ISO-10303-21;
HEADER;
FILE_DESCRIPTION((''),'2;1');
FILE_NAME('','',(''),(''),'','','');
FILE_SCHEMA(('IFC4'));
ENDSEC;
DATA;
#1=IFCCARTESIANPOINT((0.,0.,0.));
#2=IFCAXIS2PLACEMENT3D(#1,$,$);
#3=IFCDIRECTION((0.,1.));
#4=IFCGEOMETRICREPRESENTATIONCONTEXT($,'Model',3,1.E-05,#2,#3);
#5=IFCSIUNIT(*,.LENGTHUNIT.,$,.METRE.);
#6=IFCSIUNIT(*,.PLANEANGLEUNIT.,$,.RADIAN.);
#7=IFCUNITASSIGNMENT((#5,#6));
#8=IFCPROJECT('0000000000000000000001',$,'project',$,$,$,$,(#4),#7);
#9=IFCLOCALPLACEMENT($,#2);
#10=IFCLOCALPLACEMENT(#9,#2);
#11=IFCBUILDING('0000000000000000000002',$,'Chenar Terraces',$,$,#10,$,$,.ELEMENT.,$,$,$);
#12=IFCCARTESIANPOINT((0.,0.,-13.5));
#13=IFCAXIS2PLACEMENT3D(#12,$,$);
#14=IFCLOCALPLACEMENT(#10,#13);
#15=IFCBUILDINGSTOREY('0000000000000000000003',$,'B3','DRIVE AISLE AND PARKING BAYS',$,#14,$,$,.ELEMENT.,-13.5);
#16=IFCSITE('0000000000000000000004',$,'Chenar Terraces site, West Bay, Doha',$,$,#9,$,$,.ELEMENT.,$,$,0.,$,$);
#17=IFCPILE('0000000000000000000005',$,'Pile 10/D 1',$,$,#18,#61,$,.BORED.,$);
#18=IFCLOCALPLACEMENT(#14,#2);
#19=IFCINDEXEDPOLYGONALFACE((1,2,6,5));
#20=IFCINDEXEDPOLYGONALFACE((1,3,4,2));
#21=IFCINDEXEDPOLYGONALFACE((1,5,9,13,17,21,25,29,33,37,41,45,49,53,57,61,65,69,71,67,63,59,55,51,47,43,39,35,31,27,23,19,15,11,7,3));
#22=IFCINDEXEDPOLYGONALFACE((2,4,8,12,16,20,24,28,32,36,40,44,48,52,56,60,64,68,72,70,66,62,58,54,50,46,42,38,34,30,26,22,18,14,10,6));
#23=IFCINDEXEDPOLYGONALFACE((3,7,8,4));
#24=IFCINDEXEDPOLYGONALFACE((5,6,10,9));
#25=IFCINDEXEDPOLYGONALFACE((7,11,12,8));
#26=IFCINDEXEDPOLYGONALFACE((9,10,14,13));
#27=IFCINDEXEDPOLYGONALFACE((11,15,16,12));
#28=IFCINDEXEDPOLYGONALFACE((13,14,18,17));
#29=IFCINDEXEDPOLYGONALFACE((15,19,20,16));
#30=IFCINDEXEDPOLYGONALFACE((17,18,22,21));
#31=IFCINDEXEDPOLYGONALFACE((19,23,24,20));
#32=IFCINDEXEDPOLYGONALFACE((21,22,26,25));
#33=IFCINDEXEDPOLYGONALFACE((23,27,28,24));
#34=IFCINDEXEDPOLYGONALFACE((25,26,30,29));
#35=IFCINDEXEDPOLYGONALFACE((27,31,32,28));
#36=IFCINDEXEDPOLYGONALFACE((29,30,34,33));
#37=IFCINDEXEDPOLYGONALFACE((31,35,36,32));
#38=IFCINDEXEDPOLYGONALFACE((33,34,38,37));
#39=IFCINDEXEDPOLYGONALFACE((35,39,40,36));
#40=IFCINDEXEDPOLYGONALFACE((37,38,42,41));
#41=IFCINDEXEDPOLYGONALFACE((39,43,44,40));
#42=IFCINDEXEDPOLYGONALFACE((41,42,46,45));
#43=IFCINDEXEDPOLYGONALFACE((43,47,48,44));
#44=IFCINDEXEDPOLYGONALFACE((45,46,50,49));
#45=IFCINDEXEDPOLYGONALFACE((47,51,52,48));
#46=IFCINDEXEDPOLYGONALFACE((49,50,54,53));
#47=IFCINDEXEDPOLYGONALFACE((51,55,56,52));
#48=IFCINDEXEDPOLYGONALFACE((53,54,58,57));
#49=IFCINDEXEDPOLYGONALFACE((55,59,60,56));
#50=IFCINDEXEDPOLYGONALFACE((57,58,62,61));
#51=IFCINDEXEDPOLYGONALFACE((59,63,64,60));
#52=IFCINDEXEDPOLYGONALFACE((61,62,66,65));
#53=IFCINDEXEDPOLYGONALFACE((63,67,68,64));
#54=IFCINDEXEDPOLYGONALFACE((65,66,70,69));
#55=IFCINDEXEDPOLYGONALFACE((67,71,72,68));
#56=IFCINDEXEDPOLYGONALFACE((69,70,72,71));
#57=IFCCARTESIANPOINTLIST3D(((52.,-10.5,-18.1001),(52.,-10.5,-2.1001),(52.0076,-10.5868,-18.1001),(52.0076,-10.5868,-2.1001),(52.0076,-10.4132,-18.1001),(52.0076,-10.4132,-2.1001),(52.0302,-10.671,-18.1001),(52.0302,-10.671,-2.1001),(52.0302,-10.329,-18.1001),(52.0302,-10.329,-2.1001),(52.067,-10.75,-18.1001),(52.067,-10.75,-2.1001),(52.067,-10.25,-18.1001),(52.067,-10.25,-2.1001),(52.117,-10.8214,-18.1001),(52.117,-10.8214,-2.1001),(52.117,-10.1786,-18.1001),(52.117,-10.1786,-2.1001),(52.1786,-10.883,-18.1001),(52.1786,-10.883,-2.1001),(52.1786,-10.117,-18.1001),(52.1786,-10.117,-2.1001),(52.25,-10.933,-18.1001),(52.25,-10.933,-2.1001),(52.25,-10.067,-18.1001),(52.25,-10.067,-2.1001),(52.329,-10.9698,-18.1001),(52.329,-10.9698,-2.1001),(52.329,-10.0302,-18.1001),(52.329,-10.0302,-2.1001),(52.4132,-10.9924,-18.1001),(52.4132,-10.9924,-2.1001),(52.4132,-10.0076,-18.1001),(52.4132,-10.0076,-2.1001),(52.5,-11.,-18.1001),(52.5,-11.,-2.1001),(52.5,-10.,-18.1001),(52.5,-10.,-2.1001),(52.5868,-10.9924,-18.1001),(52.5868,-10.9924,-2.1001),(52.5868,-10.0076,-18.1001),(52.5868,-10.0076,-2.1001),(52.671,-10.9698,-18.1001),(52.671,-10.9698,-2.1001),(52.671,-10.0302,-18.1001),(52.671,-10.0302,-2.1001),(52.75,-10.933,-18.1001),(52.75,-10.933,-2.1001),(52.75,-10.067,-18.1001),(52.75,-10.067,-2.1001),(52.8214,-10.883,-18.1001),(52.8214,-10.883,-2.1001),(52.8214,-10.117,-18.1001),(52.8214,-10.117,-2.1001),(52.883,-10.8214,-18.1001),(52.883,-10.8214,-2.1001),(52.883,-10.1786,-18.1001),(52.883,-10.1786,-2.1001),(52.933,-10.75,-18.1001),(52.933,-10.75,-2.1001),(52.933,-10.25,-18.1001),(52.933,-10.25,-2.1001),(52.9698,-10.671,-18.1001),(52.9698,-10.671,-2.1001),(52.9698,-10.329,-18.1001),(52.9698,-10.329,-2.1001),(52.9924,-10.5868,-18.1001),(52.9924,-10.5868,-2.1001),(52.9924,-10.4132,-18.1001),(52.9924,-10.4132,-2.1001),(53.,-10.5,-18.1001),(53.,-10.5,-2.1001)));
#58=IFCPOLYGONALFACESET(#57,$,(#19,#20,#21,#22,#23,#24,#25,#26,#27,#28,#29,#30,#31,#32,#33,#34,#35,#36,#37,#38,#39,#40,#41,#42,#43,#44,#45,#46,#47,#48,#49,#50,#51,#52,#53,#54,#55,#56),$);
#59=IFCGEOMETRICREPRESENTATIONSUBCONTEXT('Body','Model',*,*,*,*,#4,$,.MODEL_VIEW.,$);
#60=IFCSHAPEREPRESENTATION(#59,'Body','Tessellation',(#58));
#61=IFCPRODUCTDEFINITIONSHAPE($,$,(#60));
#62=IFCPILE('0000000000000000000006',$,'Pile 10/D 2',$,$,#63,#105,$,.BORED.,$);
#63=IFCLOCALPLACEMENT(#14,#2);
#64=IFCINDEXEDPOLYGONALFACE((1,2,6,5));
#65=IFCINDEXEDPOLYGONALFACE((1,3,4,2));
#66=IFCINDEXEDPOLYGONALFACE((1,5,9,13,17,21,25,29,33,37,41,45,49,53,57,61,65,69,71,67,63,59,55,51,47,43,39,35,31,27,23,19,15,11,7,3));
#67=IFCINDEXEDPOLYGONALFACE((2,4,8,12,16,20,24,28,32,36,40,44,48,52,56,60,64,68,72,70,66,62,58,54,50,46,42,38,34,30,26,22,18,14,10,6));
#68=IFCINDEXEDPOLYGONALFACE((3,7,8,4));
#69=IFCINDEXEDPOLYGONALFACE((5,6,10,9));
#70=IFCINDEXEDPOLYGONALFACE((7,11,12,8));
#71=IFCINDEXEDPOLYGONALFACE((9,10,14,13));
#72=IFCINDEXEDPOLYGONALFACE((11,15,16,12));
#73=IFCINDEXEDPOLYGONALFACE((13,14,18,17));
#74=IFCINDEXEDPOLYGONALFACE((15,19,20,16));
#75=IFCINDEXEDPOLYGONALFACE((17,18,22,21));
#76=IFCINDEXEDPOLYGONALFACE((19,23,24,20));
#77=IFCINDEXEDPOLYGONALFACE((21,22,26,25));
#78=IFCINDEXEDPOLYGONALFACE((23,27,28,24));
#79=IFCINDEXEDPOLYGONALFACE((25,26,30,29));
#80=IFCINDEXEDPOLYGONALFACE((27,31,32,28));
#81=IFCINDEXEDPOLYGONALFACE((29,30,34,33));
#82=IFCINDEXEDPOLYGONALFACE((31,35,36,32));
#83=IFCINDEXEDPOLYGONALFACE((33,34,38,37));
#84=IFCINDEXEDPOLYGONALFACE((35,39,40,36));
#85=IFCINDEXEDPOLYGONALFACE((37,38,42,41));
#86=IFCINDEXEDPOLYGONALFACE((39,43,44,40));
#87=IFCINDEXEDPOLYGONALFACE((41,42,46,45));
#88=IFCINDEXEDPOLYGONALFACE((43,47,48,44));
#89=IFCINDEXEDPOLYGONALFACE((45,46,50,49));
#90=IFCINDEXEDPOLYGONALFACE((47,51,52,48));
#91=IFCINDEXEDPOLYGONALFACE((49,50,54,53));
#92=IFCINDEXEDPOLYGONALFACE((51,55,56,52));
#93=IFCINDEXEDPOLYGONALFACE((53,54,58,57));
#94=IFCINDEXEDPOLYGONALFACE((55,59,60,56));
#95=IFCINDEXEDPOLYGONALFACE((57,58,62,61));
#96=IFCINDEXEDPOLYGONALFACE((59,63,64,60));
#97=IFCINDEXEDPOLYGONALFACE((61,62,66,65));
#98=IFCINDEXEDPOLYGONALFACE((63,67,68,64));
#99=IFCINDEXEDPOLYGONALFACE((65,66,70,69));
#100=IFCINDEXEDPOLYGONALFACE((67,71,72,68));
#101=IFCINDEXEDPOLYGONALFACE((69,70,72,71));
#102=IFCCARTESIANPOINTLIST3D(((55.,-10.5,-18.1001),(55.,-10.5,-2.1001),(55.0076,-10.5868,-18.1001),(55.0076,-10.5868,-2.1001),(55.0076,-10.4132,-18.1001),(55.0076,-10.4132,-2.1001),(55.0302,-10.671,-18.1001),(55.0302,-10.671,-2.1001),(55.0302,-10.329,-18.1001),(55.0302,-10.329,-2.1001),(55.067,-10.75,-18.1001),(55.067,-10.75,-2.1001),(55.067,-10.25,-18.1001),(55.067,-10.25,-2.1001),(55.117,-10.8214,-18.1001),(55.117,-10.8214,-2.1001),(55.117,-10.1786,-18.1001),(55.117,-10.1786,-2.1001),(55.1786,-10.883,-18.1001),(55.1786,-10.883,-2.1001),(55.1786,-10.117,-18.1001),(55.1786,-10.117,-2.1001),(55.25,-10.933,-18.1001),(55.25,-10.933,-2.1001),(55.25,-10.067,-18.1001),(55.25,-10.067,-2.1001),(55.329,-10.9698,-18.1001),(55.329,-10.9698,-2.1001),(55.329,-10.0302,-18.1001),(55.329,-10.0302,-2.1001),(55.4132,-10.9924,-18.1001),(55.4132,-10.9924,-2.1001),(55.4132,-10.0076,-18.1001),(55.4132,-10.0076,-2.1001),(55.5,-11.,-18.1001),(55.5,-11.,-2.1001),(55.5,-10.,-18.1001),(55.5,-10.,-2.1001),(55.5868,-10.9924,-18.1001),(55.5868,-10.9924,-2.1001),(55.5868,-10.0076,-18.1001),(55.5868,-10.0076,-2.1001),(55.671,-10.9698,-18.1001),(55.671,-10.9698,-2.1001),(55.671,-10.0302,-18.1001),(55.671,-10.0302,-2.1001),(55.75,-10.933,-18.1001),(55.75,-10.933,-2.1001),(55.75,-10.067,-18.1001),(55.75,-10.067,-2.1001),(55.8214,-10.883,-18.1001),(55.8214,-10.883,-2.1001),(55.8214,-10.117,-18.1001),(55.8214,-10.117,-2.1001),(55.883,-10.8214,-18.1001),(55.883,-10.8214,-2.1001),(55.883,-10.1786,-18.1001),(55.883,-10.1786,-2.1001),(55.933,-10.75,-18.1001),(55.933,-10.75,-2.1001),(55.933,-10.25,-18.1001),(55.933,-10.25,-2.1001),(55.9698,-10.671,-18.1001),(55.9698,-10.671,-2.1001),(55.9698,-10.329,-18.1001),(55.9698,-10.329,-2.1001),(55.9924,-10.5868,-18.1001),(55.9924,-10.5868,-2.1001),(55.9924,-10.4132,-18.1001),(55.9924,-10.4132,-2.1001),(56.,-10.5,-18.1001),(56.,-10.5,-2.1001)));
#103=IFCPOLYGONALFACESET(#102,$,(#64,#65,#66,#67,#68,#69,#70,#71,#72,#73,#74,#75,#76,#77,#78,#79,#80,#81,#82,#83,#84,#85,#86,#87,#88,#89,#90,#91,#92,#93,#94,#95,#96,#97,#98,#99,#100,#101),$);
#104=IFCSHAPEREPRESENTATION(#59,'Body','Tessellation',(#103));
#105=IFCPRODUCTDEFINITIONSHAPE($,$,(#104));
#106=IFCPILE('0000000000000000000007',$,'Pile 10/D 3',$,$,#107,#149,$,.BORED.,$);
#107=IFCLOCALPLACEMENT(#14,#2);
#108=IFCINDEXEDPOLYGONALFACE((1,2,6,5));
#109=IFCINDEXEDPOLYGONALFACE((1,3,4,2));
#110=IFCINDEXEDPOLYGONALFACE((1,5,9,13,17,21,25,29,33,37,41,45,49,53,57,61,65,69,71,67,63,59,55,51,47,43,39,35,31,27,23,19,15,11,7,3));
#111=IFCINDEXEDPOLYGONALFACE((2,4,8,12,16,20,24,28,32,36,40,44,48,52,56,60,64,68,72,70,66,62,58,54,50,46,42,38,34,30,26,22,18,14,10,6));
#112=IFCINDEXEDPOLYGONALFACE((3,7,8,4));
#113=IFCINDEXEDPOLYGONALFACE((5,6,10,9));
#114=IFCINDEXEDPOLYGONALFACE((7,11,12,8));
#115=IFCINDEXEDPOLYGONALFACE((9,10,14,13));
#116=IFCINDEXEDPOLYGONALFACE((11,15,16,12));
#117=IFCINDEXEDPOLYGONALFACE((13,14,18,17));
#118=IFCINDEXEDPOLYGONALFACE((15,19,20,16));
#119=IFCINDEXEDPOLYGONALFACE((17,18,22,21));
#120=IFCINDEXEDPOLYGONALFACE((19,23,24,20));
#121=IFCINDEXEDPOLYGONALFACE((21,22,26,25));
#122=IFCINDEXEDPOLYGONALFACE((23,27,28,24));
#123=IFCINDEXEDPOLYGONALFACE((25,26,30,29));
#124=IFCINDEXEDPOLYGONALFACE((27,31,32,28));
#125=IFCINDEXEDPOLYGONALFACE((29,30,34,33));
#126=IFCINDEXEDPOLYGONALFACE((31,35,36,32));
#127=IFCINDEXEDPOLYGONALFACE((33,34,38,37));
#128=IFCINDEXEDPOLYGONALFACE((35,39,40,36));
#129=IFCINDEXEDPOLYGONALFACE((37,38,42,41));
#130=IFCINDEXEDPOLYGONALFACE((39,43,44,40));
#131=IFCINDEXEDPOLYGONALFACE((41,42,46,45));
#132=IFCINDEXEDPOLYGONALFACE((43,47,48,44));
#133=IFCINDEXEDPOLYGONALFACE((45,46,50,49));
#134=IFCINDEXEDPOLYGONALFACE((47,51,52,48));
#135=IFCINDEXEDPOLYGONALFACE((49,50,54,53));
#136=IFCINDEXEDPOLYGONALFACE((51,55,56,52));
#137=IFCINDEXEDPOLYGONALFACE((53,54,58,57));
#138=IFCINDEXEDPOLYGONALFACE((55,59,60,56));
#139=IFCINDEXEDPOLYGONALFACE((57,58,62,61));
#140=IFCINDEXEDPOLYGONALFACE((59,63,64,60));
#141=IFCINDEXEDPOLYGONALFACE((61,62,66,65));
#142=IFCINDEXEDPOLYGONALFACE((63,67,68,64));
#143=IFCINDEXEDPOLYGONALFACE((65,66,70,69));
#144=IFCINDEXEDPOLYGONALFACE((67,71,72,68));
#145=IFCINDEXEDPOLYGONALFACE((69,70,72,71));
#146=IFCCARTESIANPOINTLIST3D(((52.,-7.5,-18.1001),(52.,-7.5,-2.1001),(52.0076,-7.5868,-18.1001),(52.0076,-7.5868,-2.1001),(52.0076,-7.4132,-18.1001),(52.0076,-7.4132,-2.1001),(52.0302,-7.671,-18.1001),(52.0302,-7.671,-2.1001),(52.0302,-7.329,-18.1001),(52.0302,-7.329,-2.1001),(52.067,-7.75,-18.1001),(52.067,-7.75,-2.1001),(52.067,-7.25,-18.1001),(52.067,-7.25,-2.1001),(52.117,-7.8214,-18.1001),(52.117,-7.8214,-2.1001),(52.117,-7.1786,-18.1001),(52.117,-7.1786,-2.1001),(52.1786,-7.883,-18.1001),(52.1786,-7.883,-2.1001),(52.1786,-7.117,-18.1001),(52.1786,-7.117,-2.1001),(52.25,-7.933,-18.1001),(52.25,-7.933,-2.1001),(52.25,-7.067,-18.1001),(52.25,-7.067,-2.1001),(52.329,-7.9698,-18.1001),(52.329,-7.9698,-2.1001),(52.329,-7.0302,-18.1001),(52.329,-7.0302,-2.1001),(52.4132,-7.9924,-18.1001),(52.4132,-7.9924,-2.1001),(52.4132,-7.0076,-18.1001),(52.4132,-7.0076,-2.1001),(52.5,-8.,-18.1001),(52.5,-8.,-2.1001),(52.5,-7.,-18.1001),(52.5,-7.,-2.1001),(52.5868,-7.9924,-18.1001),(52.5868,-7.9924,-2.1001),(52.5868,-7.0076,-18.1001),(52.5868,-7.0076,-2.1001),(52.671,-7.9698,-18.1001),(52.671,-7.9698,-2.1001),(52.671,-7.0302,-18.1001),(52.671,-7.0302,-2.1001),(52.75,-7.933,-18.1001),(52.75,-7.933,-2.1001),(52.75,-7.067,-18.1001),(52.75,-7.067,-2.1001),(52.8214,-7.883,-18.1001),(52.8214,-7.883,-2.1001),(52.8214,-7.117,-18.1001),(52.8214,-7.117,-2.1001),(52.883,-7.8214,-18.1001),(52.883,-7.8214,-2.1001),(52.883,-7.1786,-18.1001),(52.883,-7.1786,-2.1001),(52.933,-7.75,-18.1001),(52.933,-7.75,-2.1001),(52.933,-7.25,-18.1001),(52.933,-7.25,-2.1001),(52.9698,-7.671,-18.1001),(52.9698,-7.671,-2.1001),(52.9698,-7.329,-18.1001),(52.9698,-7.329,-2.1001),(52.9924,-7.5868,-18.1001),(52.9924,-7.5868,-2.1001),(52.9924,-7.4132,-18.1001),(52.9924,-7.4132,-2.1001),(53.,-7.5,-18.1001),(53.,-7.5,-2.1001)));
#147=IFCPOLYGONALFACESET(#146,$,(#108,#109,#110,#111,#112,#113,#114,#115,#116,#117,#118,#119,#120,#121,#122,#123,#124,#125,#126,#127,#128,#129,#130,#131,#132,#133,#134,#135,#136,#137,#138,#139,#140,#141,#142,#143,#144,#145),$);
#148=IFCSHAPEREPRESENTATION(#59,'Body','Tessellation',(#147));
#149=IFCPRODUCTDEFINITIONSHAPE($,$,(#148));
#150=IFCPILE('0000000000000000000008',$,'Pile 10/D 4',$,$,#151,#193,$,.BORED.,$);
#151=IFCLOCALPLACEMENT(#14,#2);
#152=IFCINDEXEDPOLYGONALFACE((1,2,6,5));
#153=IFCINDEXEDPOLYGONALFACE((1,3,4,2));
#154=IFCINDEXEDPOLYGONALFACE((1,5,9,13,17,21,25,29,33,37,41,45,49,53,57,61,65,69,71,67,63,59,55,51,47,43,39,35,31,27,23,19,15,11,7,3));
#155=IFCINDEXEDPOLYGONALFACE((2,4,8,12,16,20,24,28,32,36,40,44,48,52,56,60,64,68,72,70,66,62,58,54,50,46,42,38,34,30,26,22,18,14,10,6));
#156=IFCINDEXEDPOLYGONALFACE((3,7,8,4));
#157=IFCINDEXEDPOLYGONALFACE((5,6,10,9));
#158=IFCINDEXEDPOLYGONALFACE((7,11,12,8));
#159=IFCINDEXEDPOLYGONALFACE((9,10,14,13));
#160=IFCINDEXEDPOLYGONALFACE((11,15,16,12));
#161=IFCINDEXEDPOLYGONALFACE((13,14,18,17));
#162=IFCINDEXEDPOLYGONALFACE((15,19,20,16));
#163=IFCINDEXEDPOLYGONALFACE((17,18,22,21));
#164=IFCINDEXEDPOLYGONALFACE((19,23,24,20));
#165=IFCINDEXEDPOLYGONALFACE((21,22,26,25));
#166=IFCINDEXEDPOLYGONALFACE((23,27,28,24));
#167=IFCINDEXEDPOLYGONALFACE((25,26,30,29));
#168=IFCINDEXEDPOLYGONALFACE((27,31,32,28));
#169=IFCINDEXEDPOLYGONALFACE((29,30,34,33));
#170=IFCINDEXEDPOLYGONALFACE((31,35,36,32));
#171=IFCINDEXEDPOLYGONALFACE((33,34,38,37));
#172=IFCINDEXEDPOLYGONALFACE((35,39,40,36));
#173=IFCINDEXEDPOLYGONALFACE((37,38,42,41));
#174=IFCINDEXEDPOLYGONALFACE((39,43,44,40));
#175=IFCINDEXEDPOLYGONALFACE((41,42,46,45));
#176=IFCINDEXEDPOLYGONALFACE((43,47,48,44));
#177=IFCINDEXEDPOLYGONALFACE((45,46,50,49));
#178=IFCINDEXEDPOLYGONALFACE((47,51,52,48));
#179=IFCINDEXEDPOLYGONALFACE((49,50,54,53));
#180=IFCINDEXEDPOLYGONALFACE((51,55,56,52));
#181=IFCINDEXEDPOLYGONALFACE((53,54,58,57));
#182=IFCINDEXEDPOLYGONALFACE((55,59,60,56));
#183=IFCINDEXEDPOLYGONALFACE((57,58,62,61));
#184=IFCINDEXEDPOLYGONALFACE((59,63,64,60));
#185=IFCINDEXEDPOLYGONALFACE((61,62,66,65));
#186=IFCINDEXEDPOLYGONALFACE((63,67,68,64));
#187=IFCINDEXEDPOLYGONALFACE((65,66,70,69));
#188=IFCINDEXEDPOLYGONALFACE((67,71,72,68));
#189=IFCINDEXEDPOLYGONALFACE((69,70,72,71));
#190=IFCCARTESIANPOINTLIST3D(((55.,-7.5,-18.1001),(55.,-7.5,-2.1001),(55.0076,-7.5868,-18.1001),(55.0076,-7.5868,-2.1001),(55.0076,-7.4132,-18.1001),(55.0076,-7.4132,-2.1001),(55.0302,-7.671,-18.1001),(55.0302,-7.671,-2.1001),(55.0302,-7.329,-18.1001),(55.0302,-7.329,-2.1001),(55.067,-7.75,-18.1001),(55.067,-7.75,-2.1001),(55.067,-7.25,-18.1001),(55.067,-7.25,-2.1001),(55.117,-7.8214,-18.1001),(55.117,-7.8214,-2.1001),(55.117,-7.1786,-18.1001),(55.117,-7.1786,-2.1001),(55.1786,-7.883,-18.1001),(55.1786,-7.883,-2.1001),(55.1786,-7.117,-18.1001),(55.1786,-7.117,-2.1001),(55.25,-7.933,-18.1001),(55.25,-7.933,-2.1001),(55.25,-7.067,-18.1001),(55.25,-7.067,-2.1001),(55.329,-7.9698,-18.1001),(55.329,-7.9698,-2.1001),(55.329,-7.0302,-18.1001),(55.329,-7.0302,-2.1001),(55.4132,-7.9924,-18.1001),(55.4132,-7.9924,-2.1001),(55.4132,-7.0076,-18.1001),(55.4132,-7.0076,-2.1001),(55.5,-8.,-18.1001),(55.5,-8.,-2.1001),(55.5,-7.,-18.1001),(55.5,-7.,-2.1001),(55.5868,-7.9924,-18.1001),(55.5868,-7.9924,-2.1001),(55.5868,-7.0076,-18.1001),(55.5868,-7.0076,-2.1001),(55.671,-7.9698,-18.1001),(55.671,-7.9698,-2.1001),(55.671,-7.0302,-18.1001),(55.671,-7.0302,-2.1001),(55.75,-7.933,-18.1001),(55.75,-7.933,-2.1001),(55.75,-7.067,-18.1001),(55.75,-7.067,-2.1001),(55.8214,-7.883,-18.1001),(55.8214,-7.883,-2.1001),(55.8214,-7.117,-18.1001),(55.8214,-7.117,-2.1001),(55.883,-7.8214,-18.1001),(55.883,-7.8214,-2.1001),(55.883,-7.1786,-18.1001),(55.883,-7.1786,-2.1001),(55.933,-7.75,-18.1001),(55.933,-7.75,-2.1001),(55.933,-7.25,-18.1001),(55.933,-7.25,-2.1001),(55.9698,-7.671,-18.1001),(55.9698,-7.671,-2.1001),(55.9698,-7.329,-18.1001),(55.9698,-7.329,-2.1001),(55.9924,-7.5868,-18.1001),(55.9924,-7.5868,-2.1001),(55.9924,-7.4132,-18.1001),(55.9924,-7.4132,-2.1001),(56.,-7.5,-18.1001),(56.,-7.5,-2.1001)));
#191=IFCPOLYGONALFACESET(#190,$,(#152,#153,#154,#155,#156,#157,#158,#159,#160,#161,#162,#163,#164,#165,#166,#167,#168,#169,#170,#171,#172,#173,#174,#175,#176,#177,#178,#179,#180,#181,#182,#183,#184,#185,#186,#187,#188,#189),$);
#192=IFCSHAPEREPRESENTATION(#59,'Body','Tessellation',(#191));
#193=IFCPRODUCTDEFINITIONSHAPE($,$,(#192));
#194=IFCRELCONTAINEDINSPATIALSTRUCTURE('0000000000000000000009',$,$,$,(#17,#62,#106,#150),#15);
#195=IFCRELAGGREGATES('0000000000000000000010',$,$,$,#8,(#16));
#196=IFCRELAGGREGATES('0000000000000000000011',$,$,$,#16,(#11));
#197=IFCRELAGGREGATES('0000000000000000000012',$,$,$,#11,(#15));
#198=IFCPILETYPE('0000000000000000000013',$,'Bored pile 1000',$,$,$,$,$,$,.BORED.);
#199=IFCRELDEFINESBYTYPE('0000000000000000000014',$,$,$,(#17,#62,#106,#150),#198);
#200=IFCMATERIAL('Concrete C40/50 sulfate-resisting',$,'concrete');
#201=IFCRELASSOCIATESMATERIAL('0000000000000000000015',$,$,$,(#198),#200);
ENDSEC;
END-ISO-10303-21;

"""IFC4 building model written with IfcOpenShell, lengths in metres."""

from ifc_helpers import new_model, si_unit, direction, frame, origin, origin_2d, place, context, subcontext, project, spatial, circle, extrude, material, material_profile, profile_set, type_object, element, save


model = new_model("IFC4")

# Units and contexts
model_context = context("Model", 3, precision=1e-05, world=origin(), true_north=direction((0.0, 1.0)))
body_context = subcontext(model_context, "Body", "Model", "MODEL_VIEW")
ifc_project = project(units=[si_unit("LENGTHUNIT", "METRE"), si_unit("PLANEANGLEUNIT", "RADIAN")], contexts=[model_context])

# Site, building, storey
site_placement = place(None, origin())
site = spatial("IfcSite", under=ifc_project, at=site_placement, Name="Chenar Terraces site, West Bay, Doha", CompositionType="ELEMENT", RefElevation=0.0)
building_placement = place(site_placement, origin())
building = spatial("IfcBuilding", under=site, at=building_placement, Name="Chenar Terraces", CompositionType="ELEMENT")
storey_placement = place(building_placement, frame((0.0, 0.0, -13.5)))
storey = spatial("IfcBuildingStorey", under=building, at=storey_placement, Name="B3", Description="DRIVE AISLE AND PARKING BAYS", CompositionType="ELEMENT", Elevation=-13.5)

# Piles
ifc_material_1 = material(Name="Concrete C40/50 sulfate-resisting", Category="concrete")
ifc_material_profile_1 = material_profile(ifc_material_1, circle(Radius=0.5, at=origin_2d()), Name="BP 1000")
ifc_profile_set_1 = profile_set([ifc_material_profile_1], Name="Concrete C40/50 sulfate-resisting")
pile_type_1 = type_object("IfcPileType", Name="Bored pile 1000", PredefinedType="BORED", material=ifc_profile_set_1)
for number, where, z_axis, x_axis, name in (
    (1, (52.5, -10.5, -2.1001), (0.0, 0.0, -1.0), (1.0, 0.0, 0.0), "Pile 10/D 1"),
    (2, (55.5, -10.5, -2.1001), (0.0, 0.0, -1.0), (1.0, 0.0, 0.0), "Pile 10/D 2"),
    (3, (52.5, -7.5, -2.1001), (0.0, 0.0, -1.0), (1.0, 0.0, 0.0), "Pile 10/D 3"),
    (4, (55.5, -7.5, -2.1001), (0.0, 0.0, -1.0), (1.0, 0.0, 0.0), "Pile 10/D 4"),
):
    element("IfcPile", number, at=place(storey_placement, frame(where, z_axis=z_axis, x_axis=x_axis)), inside=storey, type_object=pile_type_1, Name=name, PredefinedType="BORED", context=body_context, shape_type="SweptSolid", body=[
        extrude(circle(Radius=0.5, at=origin_2d()), origin(), (0.0, 0.0, 1.0), 16.0),
    ])

save(model, "model.ifc")
